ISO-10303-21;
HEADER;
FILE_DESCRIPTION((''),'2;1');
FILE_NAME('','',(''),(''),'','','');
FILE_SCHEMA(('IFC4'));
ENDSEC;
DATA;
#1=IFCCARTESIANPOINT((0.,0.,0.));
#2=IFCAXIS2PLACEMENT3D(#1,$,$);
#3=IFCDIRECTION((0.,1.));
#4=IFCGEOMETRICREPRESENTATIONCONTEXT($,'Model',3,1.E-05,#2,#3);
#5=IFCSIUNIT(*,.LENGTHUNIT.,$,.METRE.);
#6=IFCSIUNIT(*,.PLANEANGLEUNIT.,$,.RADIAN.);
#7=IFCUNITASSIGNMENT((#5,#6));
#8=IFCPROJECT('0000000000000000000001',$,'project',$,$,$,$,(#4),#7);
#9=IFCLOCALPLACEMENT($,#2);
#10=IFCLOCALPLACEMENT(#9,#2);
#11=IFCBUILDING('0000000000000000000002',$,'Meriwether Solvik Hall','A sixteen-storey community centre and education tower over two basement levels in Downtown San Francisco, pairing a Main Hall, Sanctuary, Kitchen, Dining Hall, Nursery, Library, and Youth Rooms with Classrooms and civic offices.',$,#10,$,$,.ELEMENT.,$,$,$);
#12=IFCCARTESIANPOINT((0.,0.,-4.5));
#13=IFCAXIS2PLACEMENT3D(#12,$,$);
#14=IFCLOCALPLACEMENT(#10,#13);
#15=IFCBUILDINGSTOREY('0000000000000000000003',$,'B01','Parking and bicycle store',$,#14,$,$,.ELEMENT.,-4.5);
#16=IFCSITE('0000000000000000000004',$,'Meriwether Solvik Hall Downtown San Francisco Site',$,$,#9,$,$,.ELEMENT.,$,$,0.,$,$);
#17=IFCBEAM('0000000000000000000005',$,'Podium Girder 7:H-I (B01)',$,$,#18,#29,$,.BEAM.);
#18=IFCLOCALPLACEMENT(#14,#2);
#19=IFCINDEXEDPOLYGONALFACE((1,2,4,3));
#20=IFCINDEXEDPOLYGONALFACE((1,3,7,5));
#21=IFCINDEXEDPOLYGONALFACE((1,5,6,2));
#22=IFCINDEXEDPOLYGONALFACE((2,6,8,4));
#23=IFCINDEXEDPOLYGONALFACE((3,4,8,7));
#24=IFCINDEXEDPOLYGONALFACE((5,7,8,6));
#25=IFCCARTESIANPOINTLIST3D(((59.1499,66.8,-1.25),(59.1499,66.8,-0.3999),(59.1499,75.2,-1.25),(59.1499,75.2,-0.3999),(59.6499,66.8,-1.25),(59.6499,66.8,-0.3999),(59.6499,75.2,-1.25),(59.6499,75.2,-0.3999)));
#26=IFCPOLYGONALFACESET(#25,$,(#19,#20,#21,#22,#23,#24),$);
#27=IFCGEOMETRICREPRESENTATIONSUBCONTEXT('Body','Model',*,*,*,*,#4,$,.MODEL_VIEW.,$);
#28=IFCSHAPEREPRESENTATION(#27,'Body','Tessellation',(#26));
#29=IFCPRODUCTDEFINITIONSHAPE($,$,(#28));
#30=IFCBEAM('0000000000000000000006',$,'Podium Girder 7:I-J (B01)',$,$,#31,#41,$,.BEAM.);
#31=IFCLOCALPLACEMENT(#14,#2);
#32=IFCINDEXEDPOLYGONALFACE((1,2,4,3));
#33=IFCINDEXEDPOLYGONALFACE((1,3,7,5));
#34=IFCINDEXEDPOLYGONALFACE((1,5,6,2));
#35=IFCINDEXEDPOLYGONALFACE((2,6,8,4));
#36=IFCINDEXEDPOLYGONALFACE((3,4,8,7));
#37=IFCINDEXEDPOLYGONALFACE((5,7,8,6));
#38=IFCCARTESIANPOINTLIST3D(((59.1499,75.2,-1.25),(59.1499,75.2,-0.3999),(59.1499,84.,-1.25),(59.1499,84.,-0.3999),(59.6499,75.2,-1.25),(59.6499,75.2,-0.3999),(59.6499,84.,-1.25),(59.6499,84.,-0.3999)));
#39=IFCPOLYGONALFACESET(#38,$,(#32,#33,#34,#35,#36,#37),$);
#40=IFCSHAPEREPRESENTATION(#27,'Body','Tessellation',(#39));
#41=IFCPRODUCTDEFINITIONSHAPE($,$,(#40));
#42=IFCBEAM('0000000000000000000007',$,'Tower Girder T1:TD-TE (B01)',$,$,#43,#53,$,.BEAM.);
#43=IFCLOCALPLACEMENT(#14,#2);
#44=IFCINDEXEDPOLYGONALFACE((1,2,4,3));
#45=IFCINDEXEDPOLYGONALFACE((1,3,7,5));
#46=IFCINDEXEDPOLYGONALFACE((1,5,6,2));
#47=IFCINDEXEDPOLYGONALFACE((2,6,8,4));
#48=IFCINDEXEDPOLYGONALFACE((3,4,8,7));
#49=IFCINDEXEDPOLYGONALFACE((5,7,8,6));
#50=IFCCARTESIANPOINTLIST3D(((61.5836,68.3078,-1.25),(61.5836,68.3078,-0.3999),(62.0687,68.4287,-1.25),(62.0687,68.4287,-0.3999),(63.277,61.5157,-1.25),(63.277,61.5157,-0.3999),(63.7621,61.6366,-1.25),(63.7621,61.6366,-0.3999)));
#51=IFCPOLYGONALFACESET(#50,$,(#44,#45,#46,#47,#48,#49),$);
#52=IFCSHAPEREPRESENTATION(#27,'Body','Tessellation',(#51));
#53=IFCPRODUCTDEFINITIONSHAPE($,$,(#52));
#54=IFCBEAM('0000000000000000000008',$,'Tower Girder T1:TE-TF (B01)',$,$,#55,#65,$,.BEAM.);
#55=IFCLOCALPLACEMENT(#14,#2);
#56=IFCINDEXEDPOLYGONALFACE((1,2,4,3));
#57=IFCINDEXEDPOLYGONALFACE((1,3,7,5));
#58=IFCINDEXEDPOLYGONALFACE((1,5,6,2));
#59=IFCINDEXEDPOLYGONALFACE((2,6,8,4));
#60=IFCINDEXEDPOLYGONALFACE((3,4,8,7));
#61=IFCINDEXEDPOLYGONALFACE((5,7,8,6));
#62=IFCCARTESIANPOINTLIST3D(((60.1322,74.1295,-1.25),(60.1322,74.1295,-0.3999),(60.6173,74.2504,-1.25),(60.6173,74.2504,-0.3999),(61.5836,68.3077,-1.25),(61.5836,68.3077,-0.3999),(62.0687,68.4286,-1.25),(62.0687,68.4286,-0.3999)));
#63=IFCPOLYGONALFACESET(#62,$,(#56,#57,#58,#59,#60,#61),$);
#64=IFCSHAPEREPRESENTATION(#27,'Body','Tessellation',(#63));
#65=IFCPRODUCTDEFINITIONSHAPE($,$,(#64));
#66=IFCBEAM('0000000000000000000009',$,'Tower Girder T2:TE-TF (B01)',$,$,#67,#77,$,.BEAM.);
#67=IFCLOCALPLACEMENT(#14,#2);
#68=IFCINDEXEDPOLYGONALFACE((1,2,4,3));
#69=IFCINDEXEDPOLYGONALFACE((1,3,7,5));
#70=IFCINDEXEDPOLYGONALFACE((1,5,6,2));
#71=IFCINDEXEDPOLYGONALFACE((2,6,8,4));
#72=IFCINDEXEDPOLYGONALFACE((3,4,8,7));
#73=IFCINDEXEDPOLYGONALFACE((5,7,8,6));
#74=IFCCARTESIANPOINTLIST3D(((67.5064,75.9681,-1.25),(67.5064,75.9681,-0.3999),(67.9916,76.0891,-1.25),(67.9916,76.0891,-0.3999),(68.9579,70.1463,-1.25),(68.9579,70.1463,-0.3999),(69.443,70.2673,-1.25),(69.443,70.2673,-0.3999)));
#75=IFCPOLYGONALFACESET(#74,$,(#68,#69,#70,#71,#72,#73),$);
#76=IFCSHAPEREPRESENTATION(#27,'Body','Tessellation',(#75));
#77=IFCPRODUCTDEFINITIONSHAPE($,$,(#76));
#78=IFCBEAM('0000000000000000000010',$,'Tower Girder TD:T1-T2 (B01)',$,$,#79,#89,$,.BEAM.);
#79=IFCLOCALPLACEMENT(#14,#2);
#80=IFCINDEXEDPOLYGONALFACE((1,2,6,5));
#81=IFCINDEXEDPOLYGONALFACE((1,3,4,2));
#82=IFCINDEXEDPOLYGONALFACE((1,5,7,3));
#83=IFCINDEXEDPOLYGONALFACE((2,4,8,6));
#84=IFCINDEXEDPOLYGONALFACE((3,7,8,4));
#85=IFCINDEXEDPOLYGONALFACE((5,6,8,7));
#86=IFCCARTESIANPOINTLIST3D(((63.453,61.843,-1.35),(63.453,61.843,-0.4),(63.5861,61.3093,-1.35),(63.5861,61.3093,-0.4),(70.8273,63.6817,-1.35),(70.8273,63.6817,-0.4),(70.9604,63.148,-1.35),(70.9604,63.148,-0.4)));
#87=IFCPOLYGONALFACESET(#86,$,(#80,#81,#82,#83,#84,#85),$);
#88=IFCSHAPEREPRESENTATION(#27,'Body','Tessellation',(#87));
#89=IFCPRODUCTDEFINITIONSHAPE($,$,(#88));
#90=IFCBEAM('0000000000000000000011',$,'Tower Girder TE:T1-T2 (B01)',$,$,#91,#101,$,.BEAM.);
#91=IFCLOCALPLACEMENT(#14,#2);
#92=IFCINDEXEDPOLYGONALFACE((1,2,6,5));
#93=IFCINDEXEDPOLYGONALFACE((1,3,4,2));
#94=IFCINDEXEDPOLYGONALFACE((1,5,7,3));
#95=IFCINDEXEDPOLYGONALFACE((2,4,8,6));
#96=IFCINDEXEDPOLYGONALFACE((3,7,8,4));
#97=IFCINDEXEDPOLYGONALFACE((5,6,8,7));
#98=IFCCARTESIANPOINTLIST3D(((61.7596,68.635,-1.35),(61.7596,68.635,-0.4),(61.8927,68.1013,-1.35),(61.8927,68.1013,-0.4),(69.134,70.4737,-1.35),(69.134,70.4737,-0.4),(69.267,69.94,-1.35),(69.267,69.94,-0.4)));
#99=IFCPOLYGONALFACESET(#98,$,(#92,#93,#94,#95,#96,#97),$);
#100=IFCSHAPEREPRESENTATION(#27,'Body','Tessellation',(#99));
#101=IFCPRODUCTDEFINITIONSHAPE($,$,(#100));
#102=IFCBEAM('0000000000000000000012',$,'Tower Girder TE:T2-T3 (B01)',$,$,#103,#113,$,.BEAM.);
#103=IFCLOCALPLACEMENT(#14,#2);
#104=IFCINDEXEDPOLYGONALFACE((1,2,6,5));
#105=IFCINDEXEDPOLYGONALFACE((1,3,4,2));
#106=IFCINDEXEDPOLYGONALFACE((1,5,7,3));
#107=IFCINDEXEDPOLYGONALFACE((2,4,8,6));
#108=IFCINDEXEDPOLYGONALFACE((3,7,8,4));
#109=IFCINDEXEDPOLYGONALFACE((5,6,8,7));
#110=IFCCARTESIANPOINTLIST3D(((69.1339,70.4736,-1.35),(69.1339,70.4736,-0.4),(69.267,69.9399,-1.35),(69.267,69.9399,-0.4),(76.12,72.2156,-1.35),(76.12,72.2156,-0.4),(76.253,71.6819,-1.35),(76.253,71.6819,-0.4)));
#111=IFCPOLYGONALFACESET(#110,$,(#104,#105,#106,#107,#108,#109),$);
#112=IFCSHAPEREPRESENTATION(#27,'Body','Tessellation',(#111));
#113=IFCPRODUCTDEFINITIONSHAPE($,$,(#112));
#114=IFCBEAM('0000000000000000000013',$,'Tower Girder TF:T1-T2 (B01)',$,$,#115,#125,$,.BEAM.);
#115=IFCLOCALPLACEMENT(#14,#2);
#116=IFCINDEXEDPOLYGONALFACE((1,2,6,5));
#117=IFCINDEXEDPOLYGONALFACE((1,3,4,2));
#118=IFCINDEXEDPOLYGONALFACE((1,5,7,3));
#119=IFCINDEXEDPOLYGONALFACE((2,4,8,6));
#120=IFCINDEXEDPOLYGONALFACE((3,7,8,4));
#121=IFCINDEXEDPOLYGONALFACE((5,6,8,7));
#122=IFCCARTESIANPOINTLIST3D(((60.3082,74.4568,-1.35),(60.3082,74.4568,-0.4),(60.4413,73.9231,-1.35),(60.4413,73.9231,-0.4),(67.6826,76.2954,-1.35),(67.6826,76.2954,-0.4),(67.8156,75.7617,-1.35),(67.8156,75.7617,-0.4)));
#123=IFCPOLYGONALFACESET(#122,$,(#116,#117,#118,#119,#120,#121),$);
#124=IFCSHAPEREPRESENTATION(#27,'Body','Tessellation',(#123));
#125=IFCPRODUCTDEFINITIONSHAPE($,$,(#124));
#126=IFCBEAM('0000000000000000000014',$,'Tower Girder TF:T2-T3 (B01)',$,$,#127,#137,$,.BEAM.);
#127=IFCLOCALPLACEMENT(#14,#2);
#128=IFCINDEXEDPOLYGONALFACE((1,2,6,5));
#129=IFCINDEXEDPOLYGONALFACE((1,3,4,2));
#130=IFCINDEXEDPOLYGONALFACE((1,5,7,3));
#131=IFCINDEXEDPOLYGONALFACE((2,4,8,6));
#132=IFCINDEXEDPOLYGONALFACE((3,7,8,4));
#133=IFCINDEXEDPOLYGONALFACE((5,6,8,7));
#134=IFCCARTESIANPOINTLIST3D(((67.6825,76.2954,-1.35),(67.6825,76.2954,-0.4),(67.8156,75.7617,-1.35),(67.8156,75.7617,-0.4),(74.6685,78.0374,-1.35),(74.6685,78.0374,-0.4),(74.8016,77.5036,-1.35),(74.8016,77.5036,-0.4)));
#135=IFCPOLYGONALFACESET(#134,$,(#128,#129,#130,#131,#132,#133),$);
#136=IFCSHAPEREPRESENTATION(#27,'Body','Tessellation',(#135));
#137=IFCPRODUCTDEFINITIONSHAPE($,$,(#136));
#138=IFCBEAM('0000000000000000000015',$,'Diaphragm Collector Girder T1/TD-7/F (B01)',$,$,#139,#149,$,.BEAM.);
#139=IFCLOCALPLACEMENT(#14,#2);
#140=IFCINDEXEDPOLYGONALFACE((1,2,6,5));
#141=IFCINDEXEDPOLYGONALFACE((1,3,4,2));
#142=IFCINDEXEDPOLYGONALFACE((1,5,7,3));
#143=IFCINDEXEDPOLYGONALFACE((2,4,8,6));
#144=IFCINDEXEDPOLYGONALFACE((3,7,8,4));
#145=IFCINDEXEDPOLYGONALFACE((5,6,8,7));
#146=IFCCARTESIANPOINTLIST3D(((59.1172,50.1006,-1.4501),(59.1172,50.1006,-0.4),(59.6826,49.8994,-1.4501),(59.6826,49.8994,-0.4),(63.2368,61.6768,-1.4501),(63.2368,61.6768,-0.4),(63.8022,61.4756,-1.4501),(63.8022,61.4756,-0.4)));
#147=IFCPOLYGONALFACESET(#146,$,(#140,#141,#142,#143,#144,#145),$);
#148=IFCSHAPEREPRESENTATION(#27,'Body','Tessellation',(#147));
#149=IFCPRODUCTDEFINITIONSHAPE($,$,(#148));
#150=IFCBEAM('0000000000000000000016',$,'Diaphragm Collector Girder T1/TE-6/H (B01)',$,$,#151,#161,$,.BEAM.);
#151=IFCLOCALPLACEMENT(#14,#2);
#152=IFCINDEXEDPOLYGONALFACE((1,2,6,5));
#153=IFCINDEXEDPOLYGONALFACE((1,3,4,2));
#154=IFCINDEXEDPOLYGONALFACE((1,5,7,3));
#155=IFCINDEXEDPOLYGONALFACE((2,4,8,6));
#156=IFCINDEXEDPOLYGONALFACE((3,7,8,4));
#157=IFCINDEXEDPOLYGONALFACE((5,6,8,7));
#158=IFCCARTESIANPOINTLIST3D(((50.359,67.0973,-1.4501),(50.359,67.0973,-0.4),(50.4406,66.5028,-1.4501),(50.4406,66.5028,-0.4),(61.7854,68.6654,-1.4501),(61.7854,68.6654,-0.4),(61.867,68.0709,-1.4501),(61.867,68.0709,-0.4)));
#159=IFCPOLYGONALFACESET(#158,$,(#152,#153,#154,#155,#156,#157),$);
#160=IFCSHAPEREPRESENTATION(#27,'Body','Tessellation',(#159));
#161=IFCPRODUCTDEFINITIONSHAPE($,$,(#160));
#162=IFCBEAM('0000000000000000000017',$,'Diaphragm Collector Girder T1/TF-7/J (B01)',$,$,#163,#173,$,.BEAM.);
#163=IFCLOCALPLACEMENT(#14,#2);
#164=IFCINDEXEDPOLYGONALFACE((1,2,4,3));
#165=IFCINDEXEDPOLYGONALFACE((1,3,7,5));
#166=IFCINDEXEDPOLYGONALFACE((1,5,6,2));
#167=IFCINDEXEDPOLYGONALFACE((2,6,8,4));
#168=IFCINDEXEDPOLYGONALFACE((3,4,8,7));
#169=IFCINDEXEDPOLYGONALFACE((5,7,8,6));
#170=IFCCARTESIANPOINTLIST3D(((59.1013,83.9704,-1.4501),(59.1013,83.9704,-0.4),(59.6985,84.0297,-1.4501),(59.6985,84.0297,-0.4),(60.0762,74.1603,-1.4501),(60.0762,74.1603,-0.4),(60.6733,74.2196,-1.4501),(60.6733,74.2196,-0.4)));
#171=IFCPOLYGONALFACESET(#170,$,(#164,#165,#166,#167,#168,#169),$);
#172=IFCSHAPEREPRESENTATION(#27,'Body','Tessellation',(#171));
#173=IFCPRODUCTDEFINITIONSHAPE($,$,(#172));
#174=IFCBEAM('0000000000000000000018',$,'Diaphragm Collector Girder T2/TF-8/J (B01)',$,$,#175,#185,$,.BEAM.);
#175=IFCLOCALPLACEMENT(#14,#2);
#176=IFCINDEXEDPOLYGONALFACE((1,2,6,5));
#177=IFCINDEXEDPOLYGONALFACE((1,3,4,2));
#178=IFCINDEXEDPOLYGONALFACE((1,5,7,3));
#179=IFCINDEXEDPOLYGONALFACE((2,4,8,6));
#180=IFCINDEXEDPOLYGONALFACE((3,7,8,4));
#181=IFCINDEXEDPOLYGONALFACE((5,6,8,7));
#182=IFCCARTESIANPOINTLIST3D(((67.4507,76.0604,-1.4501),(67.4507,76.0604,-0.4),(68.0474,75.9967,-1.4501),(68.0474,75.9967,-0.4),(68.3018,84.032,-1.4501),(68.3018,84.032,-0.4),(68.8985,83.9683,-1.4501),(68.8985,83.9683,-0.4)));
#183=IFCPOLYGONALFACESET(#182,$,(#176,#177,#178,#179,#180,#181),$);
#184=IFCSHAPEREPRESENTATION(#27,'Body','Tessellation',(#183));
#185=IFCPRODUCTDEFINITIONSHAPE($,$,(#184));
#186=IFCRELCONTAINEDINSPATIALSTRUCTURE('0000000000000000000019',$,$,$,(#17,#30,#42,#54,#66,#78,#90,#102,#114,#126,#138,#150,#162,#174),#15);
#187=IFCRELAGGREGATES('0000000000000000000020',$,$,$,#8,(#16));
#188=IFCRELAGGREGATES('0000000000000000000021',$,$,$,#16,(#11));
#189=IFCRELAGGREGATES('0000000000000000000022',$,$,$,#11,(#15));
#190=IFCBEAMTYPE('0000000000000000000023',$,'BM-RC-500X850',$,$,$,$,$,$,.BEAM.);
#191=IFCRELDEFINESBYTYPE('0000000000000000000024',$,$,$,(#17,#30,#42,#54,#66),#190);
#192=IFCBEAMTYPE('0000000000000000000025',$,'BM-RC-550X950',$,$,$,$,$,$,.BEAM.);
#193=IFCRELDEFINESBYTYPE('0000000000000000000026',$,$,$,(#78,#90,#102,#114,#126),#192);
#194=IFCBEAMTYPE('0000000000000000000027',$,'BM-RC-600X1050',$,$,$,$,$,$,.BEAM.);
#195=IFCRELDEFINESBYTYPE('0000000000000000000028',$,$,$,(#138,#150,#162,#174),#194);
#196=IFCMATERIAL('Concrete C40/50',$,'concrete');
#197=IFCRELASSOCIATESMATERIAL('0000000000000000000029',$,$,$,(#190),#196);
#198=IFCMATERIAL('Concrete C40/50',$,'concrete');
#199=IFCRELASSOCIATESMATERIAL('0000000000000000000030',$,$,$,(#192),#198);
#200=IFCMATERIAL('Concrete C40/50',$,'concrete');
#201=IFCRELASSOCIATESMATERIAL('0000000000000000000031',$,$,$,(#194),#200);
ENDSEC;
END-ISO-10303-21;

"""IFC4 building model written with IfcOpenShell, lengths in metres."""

from ifc_helpers import new_model, si_unit, direction, frame, origin, origin_2d, place, context, subcontext, project, spatial, rectangle, extrude, material, material_profile, profile_set, type_object, element, save


model = new_model("IFC4")

# Units and contexts
model_context = context("Model", 3, precision=1e-05, world=origin(), true_north=direction((0.0, 1.0)))
body_context = subcontext(model_context, "Body", "Model", "MODEL_VIEW")
ifc_project = project(units=[si_unit("LENGTHUNIT", "METRE"), si_unit("PLANEANGLEUNIT", "RADIAN")], contexts=[model_context])

# Site, building, storey
site_placement = place(None, origin())
site = spatial("IfcSite", under=ifc_project, at=site_placement, Name="Meriwether Solvik Hall Downtown San Francisco Site", CompositionType="ELEMENT", RefElevation=0.0)
building_placement = place(site_placement, origin())
building = spatial("IfcBuilding", under=site, at=building_placement, Name="Meriwether Solvik Hall", Description="A sixteen-storey community centre and education tower over two basement levels in Downtown San Francisco, pairing a Main Hall, Sanctuary, Kitchen, Dining Hall, Nursery, Library, and Youth Rooms with Classrooms and civic offices.", CompositionType="ELEMENT")
storey_placement = place(building_placement, frame((0.0, 0.0, -4.5)))
storey = spatial("IfcBuildingStorey", under=building, at=storey_placement, Name="B01", Description="Parking and bicycle store", CompositionType="ELEMENT", Elevation=-4.5)

# Beams
ifc_material_1 = material(Name="Concrete C40/50", Category="concrete")
ifc_material_profile_1 = material_profile(ifc_material_1, rectangle(XDim=0.5, YDim=0.8501, at=origin_2d()), Name="RCB-500X850")
ifc_profile_set_1 = profile_set([ifc_material_profile_1], Name="Concrete C40/50")
beam_type_1 = type_object("IfcBeamType", Name="BM-RC-500X850", PredefinedType="BEAM", material=ifc_profile_set_1)
beam_1_placement = place(storey_placement, frame((59.3999, 66.8, -0.825), z_axis=(0.0, 1.0, 0.0), x_axis=(-1.0, 0.0, 0.0)))
element("IfcBeam", 1, at=beam_1_placement, inside=storey, type_object=beam_type_1, Name="Podium Girder 7:H-I (B01)", PredefinedType="BEAM", context=body_context, shape_type="SweptSolid", body=[
    extrude(rectangle(XDim=0.5, YDim=0.8501, at=origin_2d()), origin(), (0.0, 0.0, 1.0), 8.3999),
])
beam_2_placement = place(storey_placement, frame((59.3999, 75.2, -0.825), z_axis=(0.0, 1.0, 0.0), x_axis=(-1.0, 0.0, 0.0)))
element("IfcBeam", 2, at=beam_2_placement, inside=storey, type_object=beam_type_1, Name="Podium Girder 7:I-J (B01)", PredefinedType="BEAM", context=body_context, shape_type="SweptSolid", body=[
    extrude(rectangle(XDim=0.5, YDim=0.8501, at=origin_2d()), origin(), (0.0, 0.0, 1.0), 8.8),
])
beam_3_placement = place(storey_placement, frame((63.5195, 61.5762, -0.825), z_axis=(-0.241912, 0.970298, 0.0), x_axis=(-0.970298, -0.241912, 0.0)))
element("IfcBeam", 3, at=beam_3_placement, inside=storey, type_object=beam_type_1, Name="Tower Girder T1:TD-TE (B01)", PredefinedType="BEAM", context=body_context, shape_type="SweptSolid", body=[
    extrude(rectangle(XDim=0.5, YDim=0.8501, at=origin_2d()), origin(), (0.0, 0.0, 1.0), 7.0),
])
for number, where, z_axis, x_axis, name in (
    (4, (61.8262, 68.3682, -0.825), (-0.241904, 0.9703, 0.0), (-0.9703, -0.241904, 0.0), "Tower Girder T1:TE-TF (B01)"),
    (5, (69.2004, 70.2068, -0.825), (-0.241904, 0.9703, 0.0), (-0.9703, -0.241904, 0.0), "Tower Girder T2:TE-TF (B01)"),
):
    element("IfcBeam", number, at=place(storey_placement, frame(where, z_axis=z_axis, x_axis=x_axis)), inside=storey, type_object=beam_type_1, Name=name, PredefinedType="BEAM", context=body_context, shape_type="SweptSolid", body=[
        extrude(rectangle(XDim=0.5, YDim=0.8501, at=origin_2d()), origin(), (0.0, 0.0, 1.0), 6.0),
    ])
ifc_material_2 = material(Name="Concrete C40/50", Category="concrete")
ifc_material_profile_2 = material_profile(ifc_material_2, rectangle(XDim=0.55, YDim=0.95, at=origin_2d()), Name="RCB-550X950")
ifc_profile_set_2 = profile_set([ifc_material_profile_2], Name="Concrete C40/50")
beam_type_2 = type_object("IfcBeamType", Name="BM-RC-550X950", PredefinedType="BEAM", material=ifc_profile_set_2)
for number, where, z_axis, x_axis, name in (
    (6, (63.5195, 61.5762, -0.875), (0.970295, 0.241923, 0.0), (-0.241923, 0.970295, 0.0), "Tower Girder TD:T1-T2 (B01)"),
    (7, (61.8262, 68.3682, -0.875), (0.970295, 0.241923, 0.0), (-0.241923, 0.970295, 0.0), "Tower Girder TE:T1-T2 (B01)"),
):
    element("IfcBeam", number, at=place(storey_placement, frame(where, z_axis=z_axis, x_axis=x_axis)), inside=storey, type_object=beam_type_2, Name=name, PredefinedType="BEAM", context=body_context, shape_type="SweptSolid", body=[
        extrude(rectangle(XDim=0.55, YDim=0.95, at=origin_2d()), origin(), (0.0, 0.0, 1.0), 7.6001),
    ])
beam_4_placement = place(storey_placement, frame((69.2004, 70.2068, -0.875), z_axis=(0.970292, 0.241937, 0.0), x_axis=(-0.241937, 0.970292, 0.0)))
element("IfcBeam", 8, at=beam_4_placement, inside=storey, type_object=beam_type_2, Name="Tower Girder TE:T2-T3 (B01)", PredefinedType="BEAM", context=body_context, shape_type="SweptSolid", body=[
    extrude(rectangle(XDim=0.55, YDim=0.95, at=origin_2d()), origin(), (0.0, 0.0, 1.0), 7.2),
])
beam_5_placement = place(storey_placement, frame((60.3748, 74.1899, -0.875), z_axis=(0.970295, 0.241923, 0.0), x_axis=(-0.241923, 0.970295, 0.0)))
element("IfcBeam", 9, at=beam_5_placement, inside=storey, type_object=beam_type_2, Name="Tower Girder TF:T1-T2 (B01)", PredefinedType="BEAM", context=body_context, shape_type="SweptSolid", body=[
    extrude(rectangle(XDim=0.55, YDim=0.95, at=origin_2d()), origin(), (0.0, 0.0, 1.0), 7.6001),
])
beam_6_placement = place(storey_placement, frame((67.749, 76.0286, -0.875), z_axis=(0.970292, 0.241937, 0.0), x_axis=(-0.241937, 0.970292, 0.0)))
element("IfcBeam", 10, at=beam_6_placement, inside=storey, type_object=beam_type_2, Name="Tower Girder TF:T2-T3 (B01)", PredefinedType="BEAM", context=body_context, shape_type="SweptSolid", body=[
    extrude(rectangle(XDim=0.55, YDim=0.95, at=origin_2d()), origin(), (0.0, 0.0, 1.0), 7.2),
])
ifc_material_3 = material(Name="Concrete C40/50", Category="concrete")
ifc_material_profile_3 = material_profile(ifc_material_3, rectangle(XDim=0.6001, YDim=1.05, at=origin_2d()), Name="RCB-600X1050")
ifc_profile_set_3 = profile_set([ifc_material_profile_3], Name="Concrete C40/50")
beam_type_3 = type_object("IfcBeamType", Name="BM-RC-600X1050", PredefinedType="BEAM", material=ifc_profile_set_3)
beam_7_placement = place(storey_placement, frame((63.5195, 61.5762, -0.925), z_axis=(-0.335274, -0.942121, 0.0), x_axis=(0.942121, -0.335274, 0.0)))
element("IfcBeam", 11, at=beam_7_placement, inside=storey, type_object=beam_type_3, Name="Diaphragm Collector Girder T1/TD-7/F (B01)", PredefinedType="BEAM", context=body_context, shape_type="SweptSolid", body=[
    extrude(rectangle(XDim=0.6001, YDim=1.05, at=origin_2d()), origin(), (0.0, 0.0, 1.0), 12.2874),
])
beam_8_placement = place(storey_placement, frame((61.8262, 68.3682, -0.925), z_axis=(-0.990714, -0.135963, 0.0), x_axis=(0.135963, -0.990714, 0.0)))
element("IfcBeam", 12, at=beam_8_placement, inside=storey, type_object=beam_type_3, Name="Diaphragm Collector Girder T1/TE-6/H (B01)", PredefinedType="BEAM", context=body_context, shape_type="SweptSolid", body=[
    extrude(rectangle(XDim=0.6001, YDim=1.05, at=origin_2d()), origin(), (0.0, 0.0, 1.0), 11.5334),
])
beam_9_placement = place(storey_placement, frame((60.3748, 74.1899, -0.925), z_axis=(-0.098886, 0.995099, 0.0), x_axis=(-0.995099, -0.098886, 0.0)))
element("IfcBeam", 13, at=beam_9_placement, inside=storey, type_object=beam_type_3, Name="Diaphragm Collector Girder T1/TF-7/J (B01)", PredefinedType="BEAM", context=body_context, shape_type="SweptSolid", body=[
    extrude(rectangle(XDim=0.6001, YDim=1.05, at=origin_2d()), origin(), (0.0, 0.0, 1.0), 9.8584),
])
beam_10_placement = place(storey_placement, frame((67.749, 76.0286, -0.925), z_axis=(0.106162, 0.994349, 0.0), x_axis=(-0.994349, 0.106162, 0.0)))
element("IfcBeam", 14, at=beam_10_placement, inside=storey, type_object=beam_type_3, Name="Diaphragm Collector Girder T2/TF-8/J (B01)", PredefinedType="BEAM", context=body_context, shape_type="SweptSolid", body=[
    extrude(rectangle(XDim=0.6001, YDim=1.05, at=origin_2d()), origin(), (0.0, 0.0, 1.0), 8.0168),
])

save(model, "model.ifc")
